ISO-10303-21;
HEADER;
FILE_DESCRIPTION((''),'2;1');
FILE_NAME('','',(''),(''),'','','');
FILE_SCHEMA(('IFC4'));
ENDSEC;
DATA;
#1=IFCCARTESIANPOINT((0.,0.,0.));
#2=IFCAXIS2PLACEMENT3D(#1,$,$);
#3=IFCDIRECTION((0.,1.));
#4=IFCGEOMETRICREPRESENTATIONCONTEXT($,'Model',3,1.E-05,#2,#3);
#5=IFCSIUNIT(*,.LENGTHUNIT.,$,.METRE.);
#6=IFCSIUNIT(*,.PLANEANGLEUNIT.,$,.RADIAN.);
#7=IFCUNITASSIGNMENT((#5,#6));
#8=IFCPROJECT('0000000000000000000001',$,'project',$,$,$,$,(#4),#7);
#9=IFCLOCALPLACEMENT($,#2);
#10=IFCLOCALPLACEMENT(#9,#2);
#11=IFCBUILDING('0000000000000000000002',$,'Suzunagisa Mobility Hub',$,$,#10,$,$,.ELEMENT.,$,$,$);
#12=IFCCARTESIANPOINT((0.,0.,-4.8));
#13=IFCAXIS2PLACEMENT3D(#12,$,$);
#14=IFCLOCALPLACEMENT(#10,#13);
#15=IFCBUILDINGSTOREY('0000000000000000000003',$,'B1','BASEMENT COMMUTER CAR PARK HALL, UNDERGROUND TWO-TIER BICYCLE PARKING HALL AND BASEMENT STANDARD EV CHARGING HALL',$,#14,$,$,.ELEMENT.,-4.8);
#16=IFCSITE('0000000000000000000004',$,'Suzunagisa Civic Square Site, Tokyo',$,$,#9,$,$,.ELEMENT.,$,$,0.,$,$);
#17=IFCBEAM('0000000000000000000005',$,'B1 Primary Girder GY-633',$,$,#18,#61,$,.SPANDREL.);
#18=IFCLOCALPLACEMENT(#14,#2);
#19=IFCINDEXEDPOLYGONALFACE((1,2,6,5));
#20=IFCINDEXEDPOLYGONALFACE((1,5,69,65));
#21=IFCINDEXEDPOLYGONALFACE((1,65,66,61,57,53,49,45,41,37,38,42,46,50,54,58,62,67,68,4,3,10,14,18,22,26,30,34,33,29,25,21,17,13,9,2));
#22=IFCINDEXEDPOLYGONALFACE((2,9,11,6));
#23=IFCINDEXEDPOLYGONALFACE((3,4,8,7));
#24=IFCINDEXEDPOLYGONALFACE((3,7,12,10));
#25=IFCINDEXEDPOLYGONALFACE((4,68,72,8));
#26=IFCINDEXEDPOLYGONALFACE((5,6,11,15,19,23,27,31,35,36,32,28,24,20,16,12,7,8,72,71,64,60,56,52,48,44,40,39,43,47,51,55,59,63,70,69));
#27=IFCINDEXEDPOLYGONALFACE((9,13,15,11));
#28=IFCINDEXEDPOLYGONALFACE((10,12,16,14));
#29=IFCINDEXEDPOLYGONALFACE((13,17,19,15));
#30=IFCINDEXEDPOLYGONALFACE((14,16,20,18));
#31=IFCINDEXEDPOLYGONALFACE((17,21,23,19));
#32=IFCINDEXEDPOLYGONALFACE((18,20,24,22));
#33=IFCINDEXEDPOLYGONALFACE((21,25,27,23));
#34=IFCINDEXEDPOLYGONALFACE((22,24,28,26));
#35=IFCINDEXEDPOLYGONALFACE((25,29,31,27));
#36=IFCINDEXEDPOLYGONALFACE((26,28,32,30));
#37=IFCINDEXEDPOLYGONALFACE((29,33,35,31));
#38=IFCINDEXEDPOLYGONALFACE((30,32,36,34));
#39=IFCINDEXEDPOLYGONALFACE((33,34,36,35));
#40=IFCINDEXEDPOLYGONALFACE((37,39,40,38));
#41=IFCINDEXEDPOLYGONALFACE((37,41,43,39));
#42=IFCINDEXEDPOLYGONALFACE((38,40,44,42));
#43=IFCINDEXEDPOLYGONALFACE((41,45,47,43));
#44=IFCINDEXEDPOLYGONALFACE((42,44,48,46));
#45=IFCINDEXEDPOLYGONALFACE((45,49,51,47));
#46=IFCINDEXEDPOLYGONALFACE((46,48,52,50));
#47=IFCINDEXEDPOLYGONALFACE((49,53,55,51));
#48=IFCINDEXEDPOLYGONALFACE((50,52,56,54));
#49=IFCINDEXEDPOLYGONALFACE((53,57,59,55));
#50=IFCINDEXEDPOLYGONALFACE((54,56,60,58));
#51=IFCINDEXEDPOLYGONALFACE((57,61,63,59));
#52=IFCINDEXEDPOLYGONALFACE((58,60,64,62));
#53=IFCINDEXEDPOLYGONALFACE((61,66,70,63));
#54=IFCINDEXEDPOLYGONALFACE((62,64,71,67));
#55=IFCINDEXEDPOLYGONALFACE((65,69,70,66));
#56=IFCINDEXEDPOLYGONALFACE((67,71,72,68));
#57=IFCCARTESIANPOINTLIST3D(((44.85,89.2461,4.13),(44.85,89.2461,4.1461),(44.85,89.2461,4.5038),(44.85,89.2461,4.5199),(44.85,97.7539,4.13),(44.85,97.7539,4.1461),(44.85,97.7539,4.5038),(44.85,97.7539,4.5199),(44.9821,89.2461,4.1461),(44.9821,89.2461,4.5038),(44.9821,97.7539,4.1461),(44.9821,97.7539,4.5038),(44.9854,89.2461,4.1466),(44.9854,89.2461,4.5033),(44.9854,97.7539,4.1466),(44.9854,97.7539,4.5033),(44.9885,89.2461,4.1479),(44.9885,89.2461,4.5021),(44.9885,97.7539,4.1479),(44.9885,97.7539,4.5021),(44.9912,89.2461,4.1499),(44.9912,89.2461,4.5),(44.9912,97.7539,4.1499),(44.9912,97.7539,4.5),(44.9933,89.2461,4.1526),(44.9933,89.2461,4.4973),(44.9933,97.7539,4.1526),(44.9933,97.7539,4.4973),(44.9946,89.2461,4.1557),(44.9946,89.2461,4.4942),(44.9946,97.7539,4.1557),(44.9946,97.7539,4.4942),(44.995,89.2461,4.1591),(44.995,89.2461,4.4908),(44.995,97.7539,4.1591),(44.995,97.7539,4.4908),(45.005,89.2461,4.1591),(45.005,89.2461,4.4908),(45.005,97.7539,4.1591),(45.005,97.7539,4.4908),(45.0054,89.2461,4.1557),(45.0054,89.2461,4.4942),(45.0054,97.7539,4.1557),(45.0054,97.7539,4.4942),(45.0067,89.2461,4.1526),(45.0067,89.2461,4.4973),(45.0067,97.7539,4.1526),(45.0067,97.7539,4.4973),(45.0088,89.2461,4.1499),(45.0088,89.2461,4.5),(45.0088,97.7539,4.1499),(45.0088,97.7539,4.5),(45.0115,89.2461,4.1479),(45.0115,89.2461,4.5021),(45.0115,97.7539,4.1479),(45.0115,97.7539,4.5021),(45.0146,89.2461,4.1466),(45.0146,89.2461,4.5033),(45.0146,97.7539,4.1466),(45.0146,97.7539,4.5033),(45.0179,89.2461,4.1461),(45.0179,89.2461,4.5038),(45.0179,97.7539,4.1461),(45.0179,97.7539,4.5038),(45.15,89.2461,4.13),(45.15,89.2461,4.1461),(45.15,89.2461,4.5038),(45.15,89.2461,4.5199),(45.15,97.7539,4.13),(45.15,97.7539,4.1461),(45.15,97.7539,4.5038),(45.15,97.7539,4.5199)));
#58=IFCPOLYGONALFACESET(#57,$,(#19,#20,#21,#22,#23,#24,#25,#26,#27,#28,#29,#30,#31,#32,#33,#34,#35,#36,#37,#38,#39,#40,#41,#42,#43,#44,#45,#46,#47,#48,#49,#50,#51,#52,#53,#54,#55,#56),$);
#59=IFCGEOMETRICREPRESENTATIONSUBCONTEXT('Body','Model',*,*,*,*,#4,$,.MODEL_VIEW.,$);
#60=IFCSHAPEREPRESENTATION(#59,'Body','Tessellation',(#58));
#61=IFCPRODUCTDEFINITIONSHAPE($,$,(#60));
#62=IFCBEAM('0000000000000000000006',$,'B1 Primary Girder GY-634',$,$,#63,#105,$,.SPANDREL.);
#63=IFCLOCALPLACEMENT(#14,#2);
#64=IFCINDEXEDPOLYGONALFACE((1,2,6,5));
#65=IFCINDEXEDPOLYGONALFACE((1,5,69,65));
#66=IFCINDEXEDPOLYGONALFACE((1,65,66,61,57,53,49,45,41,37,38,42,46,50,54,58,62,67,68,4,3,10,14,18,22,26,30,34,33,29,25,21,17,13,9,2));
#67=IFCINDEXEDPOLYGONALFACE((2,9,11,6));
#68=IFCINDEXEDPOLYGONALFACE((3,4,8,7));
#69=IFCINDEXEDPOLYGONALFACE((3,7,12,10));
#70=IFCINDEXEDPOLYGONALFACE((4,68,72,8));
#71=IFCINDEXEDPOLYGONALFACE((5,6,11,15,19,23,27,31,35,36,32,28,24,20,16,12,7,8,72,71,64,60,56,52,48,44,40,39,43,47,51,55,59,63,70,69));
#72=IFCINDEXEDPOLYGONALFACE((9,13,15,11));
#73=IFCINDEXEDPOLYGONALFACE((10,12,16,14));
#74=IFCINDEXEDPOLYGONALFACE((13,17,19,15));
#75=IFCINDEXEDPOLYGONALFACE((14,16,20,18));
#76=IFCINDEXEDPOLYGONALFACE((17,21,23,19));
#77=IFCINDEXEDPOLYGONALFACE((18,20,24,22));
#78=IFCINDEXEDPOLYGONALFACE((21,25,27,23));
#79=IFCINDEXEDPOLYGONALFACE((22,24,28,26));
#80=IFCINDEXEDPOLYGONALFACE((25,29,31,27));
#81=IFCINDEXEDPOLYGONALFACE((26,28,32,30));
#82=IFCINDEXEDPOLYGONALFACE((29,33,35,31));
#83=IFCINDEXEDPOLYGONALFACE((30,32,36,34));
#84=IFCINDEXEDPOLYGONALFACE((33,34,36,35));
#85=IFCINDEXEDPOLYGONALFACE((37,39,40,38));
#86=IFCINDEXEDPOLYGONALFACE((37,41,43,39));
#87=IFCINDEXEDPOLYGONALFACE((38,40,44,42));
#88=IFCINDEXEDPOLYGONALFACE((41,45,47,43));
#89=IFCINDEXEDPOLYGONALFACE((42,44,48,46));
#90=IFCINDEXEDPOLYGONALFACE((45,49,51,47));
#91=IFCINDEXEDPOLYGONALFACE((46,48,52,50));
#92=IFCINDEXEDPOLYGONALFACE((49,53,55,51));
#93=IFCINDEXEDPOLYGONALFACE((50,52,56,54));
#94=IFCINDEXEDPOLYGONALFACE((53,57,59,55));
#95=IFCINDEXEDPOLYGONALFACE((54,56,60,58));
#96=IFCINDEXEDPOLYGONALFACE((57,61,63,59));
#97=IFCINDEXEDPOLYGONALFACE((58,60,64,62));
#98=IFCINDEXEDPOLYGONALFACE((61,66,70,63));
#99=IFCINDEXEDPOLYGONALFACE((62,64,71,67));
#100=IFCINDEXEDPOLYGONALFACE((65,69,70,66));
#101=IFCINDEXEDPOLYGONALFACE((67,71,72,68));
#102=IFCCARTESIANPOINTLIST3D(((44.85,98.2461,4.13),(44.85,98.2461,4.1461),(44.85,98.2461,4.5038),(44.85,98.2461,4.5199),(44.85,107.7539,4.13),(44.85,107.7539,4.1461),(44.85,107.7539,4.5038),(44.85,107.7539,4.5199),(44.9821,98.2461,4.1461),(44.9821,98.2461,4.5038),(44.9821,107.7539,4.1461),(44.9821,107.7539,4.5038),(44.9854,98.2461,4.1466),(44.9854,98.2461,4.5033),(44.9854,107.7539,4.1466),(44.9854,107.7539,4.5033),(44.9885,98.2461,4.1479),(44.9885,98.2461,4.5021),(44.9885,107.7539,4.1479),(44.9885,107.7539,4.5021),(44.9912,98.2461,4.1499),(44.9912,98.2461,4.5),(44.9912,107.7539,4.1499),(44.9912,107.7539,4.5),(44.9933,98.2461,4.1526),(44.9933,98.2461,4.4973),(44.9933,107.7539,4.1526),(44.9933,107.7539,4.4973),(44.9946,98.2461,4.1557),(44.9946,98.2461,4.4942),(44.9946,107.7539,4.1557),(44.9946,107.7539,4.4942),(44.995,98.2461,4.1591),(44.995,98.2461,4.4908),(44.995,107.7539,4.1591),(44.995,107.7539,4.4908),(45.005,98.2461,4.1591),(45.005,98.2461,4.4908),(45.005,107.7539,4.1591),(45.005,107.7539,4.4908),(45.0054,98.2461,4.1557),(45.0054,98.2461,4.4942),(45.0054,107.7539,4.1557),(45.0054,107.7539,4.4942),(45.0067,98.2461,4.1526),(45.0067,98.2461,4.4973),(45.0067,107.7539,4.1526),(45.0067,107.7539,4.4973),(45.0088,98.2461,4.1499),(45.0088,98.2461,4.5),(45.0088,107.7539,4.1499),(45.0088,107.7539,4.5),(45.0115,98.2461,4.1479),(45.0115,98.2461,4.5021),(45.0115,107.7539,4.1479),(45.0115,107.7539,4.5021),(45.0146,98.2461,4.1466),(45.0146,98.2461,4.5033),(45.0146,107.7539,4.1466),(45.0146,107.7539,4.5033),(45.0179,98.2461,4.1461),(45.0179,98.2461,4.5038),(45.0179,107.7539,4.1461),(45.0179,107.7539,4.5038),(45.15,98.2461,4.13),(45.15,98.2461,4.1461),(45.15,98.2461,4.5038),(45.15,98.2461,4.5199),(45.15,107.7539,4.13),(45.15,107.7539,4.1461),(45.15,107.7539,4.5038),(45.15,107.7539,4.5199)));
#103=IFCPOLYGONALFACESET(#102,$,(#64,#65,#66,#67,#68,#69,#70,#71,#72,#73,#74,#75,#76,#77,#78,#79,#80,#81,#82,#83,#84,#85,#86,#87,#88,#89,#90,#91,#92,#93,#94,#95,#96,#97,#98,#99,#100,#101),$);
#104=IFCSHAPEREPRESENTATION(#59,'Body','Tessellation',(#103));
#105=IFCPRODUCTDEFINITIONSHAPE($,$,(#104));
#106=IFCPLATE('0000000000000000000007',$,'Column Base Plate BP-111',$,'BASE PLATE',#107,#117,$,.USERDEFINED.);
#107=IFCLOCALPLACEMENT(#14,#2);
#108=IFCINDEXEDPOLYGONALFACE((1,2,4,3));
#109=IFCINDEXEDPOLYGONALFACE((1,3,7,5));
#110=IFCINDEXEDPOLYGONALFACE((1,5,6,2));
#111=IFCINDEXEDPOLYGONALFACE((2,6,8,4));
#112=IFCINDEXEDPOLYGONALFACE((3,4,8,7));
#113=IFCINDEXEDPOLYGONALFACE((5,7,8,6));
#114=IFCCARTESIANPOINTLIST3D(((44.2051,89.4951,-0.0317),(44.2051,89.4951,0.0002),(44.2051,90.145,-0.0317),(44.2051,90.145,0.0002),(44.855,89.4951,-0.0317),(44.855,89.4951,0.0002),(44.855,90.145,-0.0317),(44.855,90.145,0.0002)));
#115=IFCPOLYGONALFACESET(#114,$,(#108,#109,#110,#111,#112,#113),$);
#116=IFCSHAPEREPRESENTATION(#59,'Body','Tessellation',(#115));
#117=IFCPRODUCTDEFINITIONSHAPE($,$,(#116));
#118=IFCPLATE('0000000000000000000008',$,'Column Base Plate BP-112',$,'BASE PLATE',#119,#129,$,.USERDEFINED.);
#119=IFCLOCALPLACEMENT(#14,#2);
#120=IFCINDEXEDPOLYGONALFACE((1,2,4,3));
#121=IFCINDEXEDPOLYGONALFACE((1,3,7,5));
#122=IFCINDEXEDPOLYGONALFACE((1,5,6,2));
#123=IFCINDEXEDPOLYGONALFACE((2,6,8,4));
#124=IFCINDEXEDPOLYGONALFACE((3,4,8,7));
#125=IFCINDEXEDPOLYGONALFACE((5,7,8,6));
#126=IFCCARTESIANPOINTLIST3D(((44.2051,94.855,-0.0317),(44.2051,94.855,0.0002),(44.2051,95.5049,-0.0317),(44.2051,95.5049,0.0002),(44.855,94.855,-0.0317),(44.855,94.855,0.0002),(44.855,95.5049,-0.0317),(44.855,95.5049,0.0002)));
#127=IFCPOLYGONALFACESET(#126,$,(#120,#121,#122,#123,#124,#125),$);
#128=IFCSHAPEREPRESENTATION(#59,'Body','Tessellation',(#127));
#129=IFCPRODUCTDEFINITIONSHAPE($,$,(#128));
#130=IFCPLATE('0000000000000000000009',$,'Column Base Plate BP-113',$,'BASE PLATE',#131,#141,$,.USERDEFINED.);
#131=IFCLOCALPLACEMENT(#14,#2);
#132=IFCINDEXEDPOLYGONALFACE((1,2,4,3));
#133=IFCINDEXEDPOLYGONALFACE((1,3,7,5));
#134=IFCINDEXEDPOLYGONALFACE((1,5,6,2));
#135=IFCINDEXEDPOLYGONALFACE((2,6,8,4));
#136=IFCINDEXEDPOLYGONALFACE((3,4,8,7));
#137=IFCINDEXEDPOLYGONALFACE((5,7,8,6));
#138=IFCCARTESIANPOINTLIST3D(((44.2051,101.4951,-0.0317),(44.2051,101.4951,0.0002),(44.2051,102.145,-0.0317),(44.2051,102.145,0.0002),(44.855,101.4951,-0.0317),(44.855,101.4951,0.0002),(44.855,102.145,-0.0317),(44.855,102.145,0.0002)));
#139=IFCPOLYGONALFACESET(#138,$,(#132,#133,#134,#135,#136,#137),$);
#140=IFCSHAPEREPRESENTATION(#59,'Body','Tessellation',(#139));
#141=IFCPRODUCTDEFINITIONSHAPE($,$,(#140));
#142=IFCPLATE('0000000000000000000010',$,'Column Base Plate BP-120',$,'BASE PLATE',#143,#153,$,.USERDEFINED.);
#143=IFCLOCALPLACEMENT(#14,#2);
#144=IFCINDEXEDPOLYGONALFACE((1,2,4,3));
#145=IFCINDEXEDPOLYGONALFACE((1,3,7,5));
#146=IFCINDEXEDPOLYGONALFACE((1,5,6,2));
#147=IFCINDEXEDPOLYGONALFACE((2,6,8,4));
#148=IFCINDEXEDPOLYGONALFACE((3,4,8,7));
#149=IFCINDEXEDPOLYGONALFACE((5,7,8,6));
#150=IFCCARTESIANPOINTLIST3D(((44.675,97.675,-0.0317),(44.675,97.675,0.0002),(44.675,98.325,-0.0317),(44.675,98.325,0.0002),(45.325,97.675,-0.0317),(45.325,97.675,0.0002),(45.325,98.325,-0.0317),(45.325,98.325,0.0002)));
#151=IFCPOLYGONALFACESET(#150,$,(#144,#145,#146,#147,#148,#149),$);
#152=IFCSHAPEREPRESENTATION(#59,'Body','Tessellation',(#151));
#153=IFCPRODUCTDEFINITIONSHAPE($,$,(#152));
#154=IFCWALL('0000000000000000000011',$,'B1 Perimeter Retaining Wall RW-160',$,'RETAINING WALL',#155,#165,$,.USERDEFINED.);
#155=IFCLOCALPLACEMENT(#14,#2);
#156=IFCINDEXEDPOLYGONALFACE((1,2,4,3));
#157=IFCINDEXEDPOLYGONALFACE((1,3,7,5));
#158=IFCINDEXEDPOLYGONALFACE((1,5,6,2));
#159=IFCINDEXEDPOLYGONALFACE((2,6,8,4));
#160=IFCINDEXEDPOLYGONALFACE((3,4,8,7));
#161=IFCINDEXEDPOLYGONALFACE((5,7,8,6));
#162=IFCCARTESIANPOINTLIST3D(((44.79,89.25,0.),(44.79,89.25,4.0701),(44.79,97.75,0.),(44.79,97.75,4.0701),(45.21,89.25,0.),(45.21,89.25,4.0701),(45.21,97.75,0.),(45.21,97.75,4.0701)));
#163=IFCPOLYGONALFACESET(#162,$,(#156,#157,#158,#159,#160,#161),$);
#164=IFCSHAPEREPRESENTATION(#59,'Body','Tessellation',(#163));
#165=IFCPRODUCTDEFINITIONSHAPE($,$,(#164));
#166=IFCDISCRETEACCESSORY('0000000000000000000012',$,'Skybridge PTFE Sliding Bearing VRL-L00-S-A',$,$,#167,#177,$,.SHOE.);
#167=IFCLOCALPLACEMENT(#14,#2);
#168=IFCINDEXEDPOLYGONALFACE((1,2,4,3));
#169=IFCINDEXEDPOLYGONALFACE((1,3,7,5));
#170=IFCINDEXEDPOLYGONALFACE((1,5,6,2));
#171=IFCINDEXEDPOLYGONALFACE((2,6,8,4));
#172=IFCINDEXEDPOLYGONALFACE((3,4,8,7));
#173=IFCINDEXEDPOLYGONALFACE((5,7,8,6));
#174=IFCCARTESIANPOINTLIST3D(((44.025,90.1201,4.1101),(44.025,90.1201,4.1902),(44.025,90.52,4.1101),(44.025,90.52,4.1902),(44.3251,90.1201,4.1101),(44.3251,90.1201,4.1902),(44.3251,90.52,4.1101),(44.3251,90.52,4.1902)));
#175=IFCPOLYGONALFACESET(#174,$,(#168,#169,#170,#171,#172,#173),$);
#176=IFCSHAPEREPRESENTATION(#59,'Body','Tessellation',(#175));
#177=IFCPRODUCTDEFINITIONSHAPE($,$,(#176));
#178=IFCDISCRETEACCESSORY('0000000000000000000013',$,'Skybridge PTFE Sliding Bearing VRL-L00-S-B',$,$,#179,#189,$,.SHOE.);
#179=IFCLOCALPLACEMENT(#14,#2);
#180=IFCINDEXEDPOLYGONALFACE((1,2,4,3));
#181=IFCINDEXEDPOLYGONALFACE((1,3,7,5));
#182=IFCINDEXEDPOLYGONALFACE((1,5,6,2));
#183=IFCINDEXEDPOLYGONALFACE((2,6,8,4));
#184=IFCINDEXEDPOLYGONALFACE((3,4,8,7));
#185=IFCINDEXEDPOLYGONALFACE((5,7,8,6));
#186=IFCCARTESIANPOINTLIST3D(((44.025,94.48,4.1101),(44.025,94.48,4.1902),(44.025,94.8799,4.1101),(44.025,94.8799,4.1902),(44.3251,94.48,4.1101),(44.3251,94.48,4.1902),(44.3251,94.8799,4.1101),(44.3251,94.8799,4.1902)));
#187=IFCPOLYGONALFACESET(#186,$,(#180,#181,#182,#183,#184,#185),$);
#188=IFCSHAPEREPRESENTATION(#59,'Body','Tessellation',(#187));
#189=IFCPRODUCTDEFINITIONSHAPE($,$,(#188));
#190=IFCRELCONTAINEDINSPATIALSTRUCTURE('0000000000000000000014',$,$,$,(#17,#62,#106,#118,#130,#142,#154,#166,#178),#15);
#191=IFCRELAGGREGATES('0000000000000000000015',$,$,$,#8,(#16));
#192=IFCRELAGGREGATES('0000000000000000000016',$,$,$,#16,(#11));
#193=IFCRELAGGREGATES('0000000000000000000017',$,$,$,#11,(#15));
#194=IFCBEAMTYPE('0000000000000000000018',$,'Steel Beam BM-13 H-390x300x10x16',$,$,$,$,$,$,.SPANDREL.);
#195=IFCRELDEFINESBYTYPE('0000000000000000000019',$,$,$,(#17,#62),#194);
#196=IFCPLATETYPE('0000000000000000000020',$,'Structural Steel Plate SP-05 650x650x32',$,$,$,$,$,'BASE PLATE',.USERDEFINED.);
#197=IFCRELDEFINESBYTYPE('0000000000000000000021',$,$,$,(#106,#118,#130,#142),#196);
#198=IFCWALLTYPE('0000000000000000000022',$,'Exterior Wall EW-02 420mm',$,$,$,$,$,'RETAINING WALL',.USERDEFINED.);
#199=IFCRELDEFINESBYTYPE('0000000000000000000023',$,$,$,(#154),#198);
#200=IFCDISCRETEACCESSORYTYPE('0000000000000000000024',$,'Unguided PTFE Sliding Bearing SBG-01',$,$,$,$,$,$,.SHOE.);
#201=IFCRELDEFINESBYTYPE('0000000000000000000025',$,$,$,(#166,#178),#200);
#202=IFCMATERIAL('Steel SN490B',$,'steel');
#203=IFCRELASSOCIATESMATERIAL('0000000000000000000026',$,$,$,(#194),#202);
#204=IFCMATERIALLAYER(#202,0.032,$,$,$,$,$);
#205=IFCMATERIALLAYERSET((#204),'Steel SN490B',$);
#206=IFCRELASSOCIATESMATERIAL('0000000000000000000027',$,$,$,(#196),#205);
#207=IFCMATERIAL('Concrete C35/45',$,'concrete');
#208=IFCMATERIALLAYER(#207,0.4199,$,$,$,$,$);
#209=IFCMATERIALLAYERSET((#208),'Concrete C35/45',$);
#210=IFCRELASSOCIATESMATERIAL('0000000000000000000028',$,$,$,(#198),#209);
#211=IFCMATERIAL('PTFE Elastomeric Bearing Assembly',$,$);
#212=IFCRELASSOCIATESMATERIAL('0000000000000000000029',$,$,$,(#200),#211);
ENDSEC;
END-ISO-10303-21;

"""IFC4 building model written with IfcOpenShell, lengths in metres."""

from ifc_helpers import new_model, si_unit, direction, frame, frame_2d, origin, origin_2d, place, context, subcontext, project, spatial, rectangle, i_section, extrude, material, layer, layer_set, material_profile, profile_set, type_object, element, save


model = new_model("IFC4")

# Units and contexts
model_context = context("Model", 3, precision=1e-05, world=origin(), true_north=direction((0.0, 1.0)))
body_context = subcontext(model_context, "Body", "Model", "MODEL_VIEW")
ifc_project = project(units=[si_unit("LENGTHUNIT", "METRE"), si_unit("PLANEANGLEUNIT", "RADIAN")], contexts=[model_context])

# Site, building, storey
site_placement = place(None, origin())
site = spatial("IfcSite", under=ifc_project, at=site_placement, Name="Suzunagisa Civic Square Site, Tokyo", CompositionType="ELEMENT", RefElevation=0.0)
building_placement = place(site_placement, origin())
building = spatial("IfcBuilding", under=site, at=building_placement, Name="Suzunagisa Mobility Hub", CompositionType="ELEMENT")
storey_placement = place(building_placement, frame((0.0, 0.0, -4.8)))
storey = spatial("IfcBuildingStorey", under=building, at=storey_placement, Name="B1", Description="BASEMENT COMMUTER CAR PARK HALL, UNDERGROUND TWO-TIER BICYCLE PARKING HALL AND BASEMENT STANDARD EV CHARGING HALL", CompositionType="ELEMENT", Elevation=-4.8)

# Shared definitions
ifc_material_1 = material(Name="Concrete C35/45", Category="concrete")

# Shared definitions
ifc_material_2 = material(Name="Steel SN490B", Category="steel")

# Beams
ifc_material_profile_1 = material_profile(ifc_material_2, i_section(OverallWidth=0.3, OverallDepth=0.3899, WebThickness=0.01, FlangeThickness=0.0161, FilletRadius=0.0129, at=origin_2d()), Name="H-390x300x10x16")
ifc_profile_set_1 = profile_set([ifc_material_profile_1], Name="Steel SN490B")
beam_type_1 = type_object("IfcBeamType", Name="Steel Beam BM-13 H-390x300x10x16", PredefinedType="SPANDREL", material=ifc_profile_set_1)
beam_1_placement = place(storey_placement, frame((45.0, 89.2461, 4.325), z_axis=(0.0, 1.0, 0.0), x_axis=(-1.0, 0.0, 0.0)))
element("IfcBeam", 1, at=beam_1_placement, inside=storey, type_object=beam_type_1, Name="B1 Primary Girder GY-633", PredefinedType="SPANDREL", context=body_context, shape_type="SweptSolid", body=[
    extrude(i_section(OverallWidth=0.3, OverallDepth=0.3899, WebThickness=0.01, FlangeThickness=0.0161, FilletRadius=0.0129, at=origin_2d()), origin(), (0.0, 0.0, 1.0), 8.5078),
])
beam_2_placement = place(storey_placement, frame((45.0, 98.2461, 4.325), z_axis=(0.0, 1.0, 0.0), x_axis=(-1.0, 0.0, 0.0)))
element("IfcBeam", 2, at=beam_2_placement, inside=storey, type_object=beam_type_1, Name="B1 Primary Girder GY-634", PredefinedType="SPANDREL", context=body_context, shape_type="SweptSolid", body=[
    extrude(i_section(OverallWidth=0.3, OverallDepth=0.3899, WebThickness=0.01, FlangeThickness=0.0161, FilletRadius=0.0129, at=origin_2d()), origin(), (0.0, 0.0, 1.0), 9.5078),
])

# Plates
ifc_layer_1 = layer(ifc_material_2, 0.032)
ifc_layer_set_1 = layer_set([ifc_layer_1], Name="Steel SN490B")
plate_type = type_object("IfcPlateType", Name="Structural Steel Plate SP-05 650x650x32", ElementType="BASE PLATE", PredefinedType="USERDEFINED", material=ifc_layer_set_1)
for number, where, z_axis, x_axis, name in (
    (3, (44.53, 89.8201, -0.0317), (0.0, 0.0, 1.0), (1.0, 0.0, 0.0), "Column Base Plate BP-111"),
    (4, (44.53, 95.1799, -0.0317), (0.0, 0.0, 1.0), (1.0, 0.0, 0.0), "Column Base Plate BP-112"),
    (5, (44.53, 101.8201, -0.0317), (0.0, 0.0, 1.0), (1.0, 0.0, 0.0), "Column Base Plate BP-113"),
    (6, (45.0, 98.0, -0.0317), (0.0, 0.0, 1.0), (1.0, 0.0, 0.0), "Column Base Plate BP-120"),
):
    element("IfcPlate", number, at=place(storey_placement, frame(where, z_axis=z_axis, x_axis=x_axis)), inside=storey, type_object=plate_type, Name=name, ObjectType="BASE PLATE", PredefinedType="USERDEFINED", context=body_context, shape_type="SweptSolid", body=[
        extrude(rectangle(XDim=0.6499, YDim=0.6499, at=origin_2d()), origin(), (0.0, 0.0, 1.0), 0.032),
    ])

# Wall
ifc_layer_2 = layer(ifc_material_1, 0.4199)
ifc_layer_set_2 = layer_set([ifc_layer_2], Name="Concrete C35/45")
wall_type = type_object("IfcWallType", Name="Exterior Wall EW-02 420mm", ElementType="RETAINING WALL", PredefinedType="USERDEFINED", material=ifc_layer_set_2)
wall_placement = place(storey_placement, frame((45.0, 97.75, 0.0), z_axis=(0.0, 0.0, 1.0), x_axis=(0.0, -1.0, 0.0)))
element("IfcWall", 7, at=wall_placement, inside=storey, type_object=wall_type, Name="B1 Perimeter Retaining Wall RW-160", ObjectType="RETAINING WALL", PredefinedType="USERDEFINED", context=body_context, shape_type="SweptSolid", body=[
    extrude(rectangle(XDim=8.5, YDim=0.4199, at=frame_2d((4.25, 0.0))), origin(), (0.0, 0.0, 1.0), 4.0701),
])

# Discrete accessories
ifc_material_3 = material(Name="PTFE Elastomeric Bearing Assembly")
discrete_accessory_type = type_object("IfcDiscreteAccessoryType", Name="Unguided PTFE Sliding Bearing SBG-01", PredefinedType="SHOE", material=ifc_material_3)
for number, where, z_axis, x_axis, name in (
    (8, (44.175, 90.3201, 4.1101), (0.0, 0.0, 1.0), (1.0, 0.0, 0.0), "Skybridge PTFE Sliding Bearing VRL-L00-S-A"),
    (9, (44.175, 94.6799, 4.1101), (0.0, 0.0, 1.0), (1.0, 0.0, 0.0), "Skybridge PTFE Sliding Bearing VRL-L00-S-B"),
):
    element("IfcDiscreteAccessory", number, at=place(storey_placement, frame(where, z_axis=z_axis, x_axis=x_axis)), inside=storey, type_object=discrete_accessory_type, Name=name, PredefinedType="SHOE", context=body_context, shape_type="SweptSolid", body=[
        extrude(rectangle(XDim=0.3, YDim=0.3999, at=origin_2d()), origin(), (0.0, 0.0, 1.0), 0.0801),
    ])

save(model, "model.ifc")
